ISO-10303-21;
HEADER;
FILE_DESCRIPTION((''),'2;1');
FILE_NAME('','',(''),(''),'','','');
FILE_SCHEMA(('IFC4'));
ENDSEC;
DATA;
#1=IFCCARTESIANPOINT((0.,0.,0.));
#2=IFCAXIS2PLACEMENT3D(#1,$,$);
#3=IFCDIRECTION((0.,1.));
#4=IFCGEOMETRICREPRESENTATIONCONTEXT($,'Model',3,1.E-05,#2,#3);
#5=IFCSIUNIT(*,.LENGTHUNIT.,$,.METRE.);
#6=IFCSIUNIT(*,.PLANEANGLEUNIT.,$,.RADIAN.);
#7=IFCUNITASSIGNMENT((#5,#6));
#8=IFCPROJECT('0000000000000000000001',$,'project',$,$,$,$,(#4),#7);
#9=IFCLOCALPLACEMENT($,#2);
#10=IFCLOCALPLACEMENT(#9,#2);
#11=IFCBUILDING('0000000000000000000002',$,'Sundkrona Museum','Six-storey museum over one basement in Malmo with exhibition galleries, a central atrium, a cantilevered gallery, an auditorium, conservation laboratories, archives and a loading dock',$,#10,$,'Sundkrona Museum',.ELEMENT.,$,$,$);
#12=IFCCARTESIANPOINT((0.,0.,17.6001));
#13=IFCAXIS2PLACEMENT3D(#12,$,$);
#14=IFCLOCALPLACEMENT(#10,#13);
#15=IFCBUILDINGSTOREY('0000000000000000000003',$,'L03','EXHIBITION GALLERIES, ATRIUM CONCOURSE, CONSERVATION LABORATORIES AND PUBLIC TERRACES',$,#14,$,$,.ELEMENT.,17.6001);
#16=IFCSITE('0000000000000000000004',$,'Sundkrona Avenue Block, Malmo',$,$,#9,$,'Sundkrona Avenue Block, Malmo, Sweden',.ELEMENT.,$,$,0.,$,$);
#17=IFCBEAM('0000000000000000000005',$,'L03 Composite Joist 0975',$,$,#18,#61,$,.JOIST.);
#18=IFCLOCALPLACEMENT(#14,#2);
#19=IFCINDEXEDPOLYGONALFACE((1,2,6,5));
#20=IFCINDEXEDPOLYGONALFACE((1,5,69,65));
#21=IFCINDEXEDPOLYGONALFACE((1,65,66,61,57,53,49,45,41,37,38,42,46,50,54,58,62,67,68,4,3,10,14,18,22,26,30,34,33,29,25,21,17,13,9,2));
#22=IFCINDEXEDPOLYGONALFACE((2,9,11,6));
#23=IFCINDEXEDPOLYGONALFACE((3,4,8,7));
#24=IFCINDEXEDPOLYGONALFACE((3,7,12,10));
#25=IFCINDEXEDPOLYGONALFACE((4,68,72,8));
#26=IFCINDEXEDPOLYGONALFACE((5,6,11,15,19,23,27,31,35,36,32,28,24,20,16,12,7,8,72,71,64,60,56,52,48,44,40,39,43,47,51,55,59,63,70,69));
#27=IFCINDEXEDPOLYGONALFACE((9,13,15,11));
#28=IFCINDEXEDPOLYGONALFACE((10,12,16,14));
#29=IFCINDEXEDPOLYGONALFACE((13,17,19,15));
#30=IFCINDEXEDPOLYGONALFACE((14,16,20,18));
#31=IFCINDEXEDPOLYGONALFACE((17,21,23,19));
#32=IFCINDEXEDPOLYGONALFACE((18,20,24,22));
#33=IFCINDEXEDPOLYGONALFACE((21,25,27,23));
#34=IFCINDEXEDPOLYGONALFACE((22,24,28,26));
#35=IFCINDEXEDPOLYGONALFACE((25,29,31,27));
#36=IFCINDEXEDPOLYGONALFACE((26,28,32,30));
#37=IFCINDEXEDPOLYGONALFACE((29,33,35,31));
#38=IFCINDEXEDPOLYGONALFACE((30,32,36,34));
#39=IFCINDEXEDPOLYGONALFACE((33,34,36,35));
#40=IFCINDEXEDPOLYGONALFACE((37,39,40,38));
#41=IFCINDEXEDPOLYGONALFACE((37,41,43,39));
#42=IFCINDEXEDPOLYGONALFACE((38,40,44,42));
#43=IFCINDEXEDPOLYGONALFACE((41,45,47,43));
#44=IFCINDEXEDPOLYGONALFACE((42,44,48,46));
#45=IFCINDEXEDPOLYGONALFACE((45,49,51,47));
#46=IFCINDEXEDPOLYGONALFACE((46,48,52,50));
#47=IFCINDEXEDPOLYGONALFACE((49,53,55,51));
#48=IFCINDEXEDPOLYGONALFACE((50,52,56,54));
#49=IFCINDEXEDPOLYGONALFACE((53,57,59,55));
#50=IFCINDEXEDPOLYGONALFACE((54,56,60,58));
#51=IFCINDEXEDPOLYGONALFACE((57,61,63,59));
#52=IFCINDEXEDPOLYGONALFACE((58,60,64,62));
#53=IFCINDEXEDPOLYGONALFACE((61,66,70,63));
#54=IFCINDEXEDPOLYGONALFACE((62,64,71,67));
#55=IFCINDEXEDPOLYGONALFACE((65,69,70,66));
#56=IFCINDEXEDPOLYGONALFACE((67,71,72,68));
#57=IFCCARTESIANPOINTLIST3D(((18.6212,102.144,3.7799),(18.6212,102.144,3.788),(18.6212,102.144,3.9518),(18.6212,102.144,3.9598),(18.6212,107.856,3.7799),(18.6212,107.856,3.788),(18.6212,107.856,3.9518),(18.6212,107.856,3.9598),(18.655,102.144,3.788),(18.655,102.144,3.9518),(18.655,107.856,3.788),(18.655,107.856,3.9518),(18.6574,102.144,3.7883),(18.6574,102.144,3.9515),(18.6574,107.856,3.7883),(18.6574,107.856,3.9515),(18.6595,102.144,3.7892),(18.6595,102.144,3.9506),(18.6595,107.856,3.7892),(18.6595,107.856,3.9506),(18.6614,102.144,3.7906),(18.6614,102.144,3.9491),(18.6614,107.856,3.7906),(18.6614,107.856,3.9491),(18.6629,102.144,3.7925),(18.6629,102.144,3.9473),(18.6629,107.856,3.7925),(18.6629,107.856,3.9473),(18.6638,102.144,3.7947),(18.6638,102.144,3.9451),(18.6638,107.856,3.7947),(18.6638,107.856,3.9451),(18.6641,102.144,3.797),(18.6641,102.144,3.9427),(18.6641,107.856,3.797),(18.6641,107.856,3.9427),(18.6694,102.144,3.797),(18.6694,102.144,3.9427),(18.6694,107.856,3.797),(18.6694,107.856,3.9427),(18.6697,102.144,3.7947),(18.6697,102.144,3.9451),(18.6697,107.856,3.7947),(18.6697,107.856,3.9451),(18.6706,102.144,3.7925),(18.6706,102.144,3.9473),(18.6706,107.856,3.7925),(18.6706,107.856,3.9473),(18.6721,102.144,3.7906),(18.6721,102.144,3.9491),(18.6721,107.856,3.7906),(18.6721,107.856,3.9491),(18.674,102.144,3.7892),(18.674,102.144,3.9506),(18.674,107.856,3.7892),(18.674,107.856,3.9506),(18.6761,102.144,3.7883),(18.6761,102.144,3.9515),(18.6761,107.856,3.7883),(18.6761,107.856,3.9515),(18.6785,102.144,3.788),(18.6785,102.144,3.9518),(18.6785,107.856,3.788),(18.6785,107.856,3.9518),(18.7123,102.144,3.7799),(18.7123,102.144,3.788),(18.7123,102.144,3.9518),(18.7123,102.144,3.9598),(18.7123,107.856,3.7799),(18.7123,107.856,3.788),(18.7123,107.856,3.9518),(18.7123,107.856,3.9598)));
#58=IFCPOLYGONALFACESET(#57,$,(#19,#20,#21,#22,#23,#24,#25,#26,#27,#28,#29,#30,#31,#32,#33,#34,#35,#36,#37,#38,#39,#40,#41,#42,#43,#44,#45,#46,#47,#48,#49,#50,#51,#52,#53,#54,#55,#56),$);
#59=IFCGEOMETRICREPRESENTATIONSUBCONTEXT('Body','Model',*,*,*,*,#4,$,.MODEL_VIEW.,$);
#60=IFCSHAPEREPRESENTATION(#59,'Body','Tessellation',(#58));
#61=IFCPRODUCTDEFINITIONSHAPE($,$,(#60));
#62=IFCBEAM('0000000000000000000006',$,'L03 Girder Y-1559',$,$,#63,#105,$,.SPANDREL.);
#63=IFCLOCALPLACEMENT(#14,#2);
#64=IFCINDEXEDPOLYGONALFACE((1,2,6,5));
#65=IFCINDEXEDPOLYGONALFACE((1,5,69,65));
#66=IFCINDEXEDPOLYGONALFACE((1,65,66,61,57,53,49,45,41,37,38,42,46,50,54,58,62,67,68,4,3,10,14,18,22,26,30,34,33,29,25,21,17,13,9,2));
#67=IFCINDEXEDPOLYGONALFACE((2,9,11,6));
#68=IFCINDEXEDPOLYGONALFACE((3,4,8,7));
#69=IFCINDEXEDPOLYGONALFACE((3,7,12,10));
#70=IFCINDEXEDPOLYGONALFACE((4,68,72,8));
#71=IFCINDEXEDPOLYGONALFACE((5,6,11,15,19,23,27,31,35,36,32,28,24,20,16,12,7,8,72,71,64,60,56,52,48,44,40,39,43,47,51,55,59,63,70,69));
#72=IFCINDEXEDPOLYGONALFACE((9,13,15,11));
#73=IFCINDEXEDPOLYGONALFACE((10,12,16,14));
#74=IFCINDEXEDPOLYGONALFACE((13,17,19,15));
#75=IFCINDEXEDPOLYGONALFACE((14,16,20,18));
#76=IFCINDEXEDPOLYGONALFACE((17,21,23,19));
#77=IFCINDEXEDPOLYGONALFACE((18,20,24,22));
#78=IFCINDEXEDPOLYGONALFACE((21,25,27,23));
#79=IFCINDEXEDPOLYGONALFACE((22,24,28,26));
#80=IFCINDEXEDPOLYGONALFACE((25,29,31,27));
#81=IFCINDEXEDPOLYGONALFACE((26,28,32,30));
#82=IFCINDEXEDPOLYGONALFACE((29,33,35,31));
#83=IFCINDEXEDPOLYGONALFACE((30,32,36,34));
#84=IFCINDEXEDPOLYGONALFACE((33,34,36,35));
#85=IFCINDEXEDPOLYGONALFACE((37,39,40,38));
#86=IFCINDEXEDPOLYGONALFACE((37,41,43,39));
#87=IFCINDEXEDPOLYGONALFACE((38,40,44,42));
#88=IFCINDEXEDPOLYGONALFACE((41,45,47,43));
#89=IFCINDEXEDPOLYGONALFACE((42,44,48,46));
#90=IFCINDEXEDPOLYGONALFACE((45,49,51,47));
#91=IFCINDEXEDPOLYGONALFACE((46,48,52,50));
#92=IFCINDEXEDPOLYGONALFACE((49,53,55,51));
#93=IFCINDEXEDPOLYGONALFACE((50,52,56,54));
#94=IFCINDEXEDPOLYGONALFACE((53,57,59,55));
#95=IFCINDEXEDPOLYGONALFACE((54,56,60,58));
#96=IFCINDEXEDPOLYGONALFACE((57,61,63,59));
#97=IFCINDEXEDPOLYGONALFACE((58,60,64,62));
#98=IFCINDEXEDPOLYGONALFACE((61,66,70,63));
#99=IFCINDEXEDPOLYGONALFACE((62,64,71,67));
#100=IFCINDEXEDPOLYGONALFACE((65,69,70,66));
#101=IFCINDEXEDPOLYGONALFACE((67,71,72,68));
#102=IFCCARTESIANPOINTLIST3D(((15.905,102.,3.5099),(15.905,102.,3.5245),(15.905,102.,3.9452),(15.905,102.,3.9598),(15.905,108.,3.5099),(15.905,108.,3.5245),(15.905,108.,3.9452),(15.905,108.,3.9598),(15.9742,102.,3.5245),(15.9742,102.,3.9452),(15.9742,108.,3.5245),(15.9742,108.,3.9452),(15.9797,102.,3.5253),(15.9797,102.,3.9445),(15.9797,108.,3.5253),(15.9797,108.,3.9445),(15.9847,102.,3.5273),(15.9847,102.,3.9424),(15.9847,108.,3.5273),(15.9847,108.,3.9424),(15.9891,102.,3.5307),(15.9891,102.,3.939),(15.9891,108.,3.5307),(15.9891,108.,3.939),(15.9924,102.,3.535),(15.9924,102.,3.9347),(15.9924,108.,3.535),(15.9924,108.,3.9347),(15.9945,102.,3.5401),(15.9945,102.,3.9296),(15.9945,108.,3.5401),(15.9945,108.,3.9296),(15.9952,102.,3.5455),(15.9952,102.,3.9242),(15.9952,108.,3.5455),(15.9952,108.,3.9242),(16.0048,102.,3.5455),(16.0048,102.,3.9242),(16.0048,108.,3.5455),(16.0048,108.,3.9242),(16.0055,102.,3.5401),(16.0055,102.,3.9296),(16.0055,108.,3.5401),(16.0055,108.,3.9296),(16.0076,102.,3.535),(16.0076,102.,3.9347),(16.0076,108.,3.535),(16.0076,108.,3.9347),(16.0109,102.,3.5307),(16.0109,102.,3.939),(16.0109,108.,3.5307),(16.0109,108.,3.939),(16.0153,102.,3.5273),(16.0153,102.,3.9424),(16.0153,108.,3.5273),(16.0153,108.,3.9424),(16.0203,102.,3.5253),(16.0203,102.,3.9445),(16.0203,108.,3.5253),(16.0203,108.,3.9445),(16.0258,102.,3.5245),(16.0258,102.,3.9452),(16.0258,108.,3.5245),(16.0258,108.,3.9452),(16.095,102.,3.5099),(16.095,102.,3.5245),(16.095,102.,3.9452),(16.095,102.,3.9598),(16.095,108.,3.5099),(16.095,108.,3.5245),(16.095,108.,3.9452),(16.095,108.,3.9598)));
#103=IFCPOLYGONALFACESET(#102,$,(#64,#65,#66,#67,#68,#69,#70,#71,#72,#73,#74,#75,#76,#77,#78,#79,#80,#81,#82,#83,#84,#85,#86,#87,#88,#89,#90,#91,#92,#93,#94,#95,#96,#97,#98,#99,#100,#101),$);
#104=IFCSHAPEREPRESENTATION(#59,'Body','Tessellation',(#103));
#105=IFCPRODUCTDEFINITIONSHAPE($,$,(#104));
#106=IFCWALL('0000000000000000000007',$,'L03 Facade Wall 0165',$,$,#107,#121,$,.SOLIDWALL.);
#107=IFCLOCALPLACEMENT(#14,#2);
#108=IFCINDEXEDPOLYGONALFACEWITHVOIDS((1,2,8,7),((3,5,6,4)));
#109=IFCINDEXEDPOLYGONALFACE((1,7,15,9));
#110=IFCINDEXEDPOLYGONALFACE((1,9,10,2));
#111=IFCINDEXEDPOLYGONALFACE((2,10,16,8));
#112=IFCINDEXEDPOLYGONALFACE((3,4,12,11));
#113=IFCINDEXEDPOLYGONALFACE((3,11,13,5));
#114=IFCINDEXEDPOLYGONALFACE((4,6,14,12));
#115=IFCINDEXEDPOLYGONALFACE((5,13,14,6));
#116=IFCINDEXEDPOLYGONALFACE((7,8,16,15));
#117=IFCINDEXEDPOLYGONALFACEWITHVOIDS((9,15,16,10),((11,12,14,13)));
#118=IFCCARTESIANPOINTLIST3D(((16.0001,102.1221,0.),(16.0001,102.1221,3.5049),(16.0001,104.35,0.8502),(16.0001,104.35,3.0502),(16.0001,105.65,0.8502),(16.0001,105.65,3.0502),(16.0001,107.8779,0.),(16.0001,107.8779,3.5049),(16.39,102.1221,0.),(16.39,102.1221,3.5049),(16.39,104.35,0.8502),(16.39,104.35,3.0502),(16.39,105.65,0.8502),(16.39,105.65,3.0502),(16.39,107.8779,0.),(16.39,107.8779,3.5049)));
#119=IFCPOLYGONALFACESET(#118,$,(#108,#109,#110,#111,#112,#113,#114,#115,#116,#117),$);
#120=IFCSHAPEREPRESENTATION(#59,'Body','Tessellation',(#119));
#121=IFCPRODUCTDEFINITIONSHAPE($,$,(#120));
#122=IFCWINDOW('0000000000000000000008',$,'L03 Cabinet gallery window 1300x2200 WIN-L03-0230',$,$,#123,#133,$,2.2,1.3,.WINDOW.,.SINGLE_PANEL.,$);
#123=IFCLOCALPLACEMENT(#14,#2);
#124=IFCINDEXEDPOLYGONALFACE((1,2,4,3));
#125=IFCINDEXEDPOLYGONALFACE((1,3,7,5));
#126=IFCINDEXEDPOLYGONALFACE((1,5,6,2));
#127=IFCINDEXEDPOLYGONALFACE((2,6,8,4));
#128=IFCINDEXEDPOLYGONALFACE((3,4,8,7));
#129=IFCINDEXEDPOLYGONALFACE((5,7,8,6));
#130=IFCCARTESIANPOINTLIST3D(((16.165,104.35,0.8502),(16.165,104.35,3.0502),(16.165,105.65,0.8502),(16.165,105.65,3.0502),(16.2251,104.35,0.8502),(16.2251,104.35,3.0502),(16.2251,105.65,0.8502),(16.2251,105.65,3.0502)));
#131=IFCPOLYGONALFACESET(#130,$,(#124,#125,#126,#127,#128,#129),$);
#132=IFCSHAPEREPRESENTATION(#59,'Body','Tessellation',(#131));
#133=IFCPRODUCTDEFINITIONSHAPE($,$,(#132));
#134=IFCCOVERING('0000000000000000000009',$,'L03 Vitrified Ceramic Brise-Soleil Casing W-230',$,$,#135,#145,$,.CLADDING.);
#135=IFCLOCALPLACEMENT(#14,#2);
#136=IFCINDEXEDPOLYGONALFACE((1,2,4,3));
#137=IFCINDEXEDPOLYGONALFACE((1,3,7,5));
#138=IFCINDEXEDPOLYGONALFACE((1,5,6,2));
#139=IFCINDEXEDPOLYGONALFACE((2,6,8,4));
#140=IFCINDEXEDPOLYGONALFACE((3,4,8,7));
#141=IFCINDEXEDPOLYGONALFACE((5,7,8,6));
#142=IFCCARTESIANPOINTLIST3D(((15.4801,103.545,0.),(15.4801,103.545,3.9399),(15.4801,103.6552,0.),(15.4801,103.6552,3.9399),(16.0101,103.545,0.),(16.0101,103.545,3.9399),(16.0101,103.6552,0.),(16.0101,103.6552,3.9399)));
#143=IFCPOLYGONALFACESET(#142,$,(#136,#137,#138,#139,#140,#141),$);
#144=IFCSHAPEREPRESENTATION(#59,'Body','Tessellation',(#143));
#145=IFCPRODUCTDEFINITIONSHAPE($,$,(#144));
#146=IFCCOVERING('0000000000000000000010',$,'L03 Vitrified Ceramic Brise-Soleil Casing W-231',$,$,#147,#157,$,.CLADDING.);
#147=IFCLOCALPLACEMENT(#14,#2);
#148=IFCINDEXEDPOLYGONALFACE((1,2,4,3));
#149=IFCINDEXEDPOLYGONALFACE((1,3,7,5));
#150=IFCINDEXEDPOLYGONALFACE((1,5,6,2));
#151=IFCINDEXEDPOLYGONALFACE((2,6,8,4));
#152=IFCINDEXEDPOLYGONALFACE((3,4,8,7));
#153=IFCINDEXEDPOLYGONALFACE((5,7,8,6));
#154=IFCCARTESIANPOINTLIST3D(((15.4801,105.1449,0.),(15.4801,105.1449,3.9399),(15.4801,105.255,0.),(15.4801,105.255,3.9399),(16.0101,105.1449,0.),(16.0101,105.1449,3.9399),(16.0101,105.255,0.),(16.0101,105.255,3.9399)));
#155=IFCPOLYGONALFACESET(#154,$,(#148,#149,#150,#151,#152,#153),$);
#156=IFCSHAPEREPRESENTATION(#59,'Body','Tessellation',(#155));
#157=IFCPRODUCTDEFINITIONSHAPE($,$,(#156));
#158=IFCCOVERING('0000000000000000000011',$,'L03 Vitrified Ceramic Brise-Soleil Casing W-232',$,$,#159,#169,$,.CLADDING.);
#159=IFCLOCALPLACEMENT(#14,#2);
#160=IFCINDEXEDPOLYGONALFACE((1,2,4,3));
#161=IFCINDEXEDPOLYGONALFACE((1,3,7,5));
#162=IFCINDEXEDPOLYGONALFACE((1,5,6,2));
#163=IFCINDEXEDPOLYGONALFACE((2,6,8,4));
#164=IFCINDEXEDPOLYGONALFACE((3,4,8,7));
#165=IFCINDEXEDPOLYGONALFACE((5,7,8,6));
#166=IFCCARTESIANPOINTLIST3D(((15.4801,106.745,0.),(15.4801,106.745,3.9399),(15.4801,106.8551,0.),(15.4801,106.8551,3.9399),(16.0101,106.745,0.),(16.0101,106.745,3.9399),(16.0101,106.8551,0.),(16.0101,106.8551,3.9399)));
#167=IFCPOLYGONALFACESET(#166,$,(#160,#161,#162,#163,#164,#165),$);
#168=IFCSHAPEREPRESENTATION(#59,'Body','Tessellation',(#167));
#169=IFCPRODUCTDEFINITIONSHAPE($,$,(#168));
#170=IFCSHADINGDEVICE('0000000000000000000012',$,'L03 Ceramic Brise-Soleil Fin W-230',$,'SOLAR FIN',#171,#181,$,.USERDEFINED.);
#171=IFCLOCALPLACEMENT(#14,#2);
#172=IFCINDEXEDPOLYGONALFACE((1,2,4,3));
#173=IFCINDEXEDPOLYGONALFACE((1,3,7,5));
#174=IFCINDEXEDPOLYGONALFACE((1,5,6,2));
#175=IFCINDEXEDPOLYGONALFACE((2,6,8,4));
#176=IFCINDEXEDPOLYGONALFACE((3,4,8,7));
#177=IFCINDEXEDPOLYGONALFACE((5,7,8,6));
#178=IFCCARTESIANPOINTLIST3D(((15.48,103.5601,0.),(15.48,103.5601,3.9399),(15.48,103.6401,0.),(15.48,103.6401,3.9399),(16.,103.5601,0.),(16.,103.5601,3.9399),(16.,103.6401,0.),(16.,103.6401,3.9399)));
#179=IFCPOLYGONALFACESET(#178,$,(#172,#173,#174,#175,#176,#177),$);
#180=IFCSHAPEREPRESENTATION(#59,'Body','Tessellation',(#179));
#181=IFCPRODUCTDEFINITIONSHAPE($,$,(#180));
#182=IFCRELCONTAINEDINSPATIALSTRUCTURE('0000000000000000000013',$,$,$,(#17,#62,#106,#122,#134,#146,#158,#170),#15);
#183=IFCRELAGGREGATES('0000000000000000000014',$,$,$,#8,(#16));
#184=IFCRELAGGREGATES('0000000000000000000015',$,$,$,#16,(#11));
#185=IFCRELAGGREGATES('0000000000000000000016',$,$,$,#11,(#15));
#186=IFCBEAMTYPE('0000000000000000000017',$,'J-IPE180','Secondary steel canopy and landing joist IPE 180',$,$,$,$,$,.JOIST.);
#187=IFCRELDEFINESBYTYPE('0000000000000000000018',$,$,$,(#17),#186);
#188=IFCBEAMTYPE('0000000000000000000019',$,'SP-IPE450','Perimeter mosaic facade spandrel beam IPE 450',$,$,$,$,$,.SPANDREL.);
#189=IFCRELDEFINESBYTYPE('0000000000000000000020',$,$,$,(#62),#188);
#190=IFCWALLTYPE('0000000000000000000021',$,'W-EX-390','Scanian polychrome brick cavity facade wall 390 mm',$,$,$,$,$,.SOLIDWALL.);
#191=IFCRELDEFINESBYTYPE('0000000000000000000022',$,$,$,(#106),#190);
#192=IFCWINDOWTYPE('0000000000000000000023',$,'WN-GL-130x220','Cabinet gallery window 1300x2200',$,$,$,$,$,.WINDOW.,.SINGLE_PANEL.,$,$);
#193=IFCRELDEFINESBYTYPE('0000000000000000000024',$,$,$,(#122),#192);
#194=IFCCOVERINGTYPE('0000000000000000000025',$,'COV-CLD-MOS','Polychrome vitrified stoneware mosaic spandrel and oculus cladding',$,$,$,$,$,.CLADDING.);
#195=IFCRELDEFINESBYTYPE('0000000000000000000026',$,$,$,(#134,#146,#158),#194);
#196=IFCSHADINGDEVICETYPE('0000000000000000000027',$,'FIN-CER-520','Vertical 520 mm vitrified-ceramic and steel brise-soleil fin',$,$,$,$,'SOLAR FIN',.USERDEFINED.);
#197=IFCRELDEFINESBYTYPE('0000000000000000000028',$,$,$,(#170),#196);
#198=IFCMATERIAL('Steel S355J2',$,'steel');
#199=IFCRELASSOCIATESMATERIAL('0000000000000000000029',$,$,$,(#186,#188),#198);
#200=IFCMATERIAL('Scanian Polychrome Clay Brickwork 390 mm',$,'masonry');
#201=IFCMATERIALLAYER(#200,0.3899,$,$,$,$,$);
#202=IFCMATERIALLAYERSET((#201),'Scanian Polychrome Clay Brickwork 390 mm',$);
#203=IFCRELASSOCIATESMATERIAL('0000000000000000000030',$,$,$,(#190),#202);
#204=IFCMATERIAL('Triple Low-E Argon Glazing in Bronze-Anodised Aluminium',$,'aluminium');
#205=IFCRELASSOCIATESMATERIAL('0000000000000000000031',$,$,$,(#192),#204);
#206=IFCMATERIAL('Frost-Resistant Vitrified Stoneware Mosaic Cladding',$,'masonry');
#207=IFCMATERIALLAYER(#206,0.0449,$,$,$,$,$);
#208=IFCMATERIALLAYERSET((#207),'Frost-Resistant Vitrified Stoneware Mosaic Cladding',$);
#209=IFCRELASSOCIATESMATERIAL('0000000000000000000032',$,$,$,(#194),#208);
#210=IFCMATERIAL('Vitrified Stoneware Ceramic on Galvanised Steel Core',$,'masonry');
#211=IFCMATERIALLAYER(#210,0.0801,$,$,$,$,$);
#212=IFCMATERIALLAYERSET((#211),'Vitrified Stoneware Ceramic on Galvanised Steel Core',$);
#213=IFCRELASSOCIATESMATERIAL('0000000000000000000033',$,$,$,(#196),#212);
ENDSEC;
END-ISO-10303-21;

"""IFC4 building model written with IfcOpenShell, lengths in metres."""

from ifc_helpers import new_model, si_unit, direction, frame, frame_2d, origin, origin_2d, place, context, subcontext, project, spatial, rectangle, i_section, extrude, material, layer, layer_set, material_profile, profile_set, type_object, element, fill, save


model = new_model("IFC4")

# Units and contexts
model_context = context("Model", 3, precision=1e-05, world=origin(), true_north=direction((0.0, 1.0)))
body_context = subcontext(model_context, "Body", "Model", "MODEL_VIEW")
ifc_project = project(units=[si_unit("LENGTHUNIT", "METRE"), si_unit("PLANEANGLEUNIT", "RADIAN")], contexts=[model_context])

# Site, building, storey
site_placement = place(None, origin())
site = spatial("IfcSite", under=ifc_project, at=site_placement, Name="Sundkrona Avenue Block, Malmo", LongName="Sundkrona Avenue Block, Malmo, Sweden", CompositionType="ELEMENT", RefElevation=0.0)
building_placement = place(site_placement, origin())
building = spatial("IfcBuilding", under=site, at=building_placement, Name="Sundkrona Museum", Description="Six-storey museum over one basement in Malmo with exhibition galleries, a central atrium, a cantilevered gallery, an auditorium, conservation laboratories, archives and a loading dock", LongName="Sundkrona Museum", CompositionType="ELEMENT")
storey_placement = place(building_placement, frame((0.0, 0.0, 17.6001)))
storey = spatial("IfcBuildingStorey", under=building, at=storey_placement, Name="L03", Description="EXHIBITION GALLERIES, ATRIUM CONCOURSE, CONSERVATION LABORATORIES AND PUBLIC TERRACES", CompositionType="ELEMENT", Elevation=17.6001)

# Shared definitions
ifc_material_1 = material(Name="Steel S355J2", Category="steel")

# Beams
ifc_material_profile_1 = material_profile(ifc_material_1, i_section(OverallWidth=0.0911, OverallDepth=0.1799, WebThickness=0.0054, FlangeThickness=0.0081, FilletRadius=0.009, at=origin_2d()), Name="IPE 180")
ifc_profile_set_1 = profile_set([ifc_material_profile_1], Name="Steel S355J2")
beam_type_1 = type_object("IfcBeamType", Name="J-IPE180", Description="Secondary steel canopy and landing joist IPE 180", PredefinedType="JOIST", material=ifc_profile_set_1)
beam_1_placement = place(storey_placement, frame((18.6667, 102.144, 3.8699), z_axis=(0.0, 1.0, 0.0), x_axis=(-1.0, 0.0, 0.0)))
element("IfcBeam", 1, at=beam_1_placement, inside=storey, type_object=beam_type_1, Name="L03 Composite Joist 0975", PredefinedType="JOIST", context=body_context, shape_type="SweptSolid", body=[
    extrude(i_section(OverallWidth=0.0911, OverallDepth=0.1799, WebThickness=0.0054, FlangeThickness=0.0081, FilletRadius=0.009, at=origin_2d()), origin(), (0.0, 0.0, 1.0), 5.7119),
])
ifc_material_profile_2 = material_profile(ifc_material_1, i_section(OverallWidth=0.1899, OverallDepth=0.45, WebThickness=0.0095, FlangeThickness=0.0146, FilletRadius=0.021, at=origin_2d()), Name="IPE 450")
ifc_profile_set_2 = profile_set([ifc_material_profile_2], Name="Steel S355J2")
beam_type_2 = type_object("IfcBeamType", Name="SP-IPE450", Description="Perimeter mosaic facade spandrel beam IPE 450", PredefinedType="SPANDREL", material=ifc_profile_set_2)
beam_2_placement = place(storey_placement, frame((16.0, 102.0, 3.7349), z_axis=(0.0, 1.0, 0.0), x_axis=(-1.0, 0.0, 0.0)))
element("IfcBeam", 2, at=beam_2_placement, inside=storey, type_object=beam_type_2, Name="L03 Girder Y-1559", PredefinedType="SPANDREL", context=body_context, shape_type="SweptSolid", body=[
    extrude(i_section(OverallWidth=0.1899, OverallDepth=0.45, WebThickness=0.0095, FlangeThickness=0.0146, FilletRadius=0.021, at=origin_2d()), origin(), (0.0, 0.0, 1.0), 6.0),
])

# Wall, opening, window
ifc_material_2 = material(Name="Scanian Polychrome Clay Brickwork 390 mm", Category="masonry")
ifc_layer_1 = layer(ifc_material_2, 0.3899)
ifc_layer_set_1 = layer_set([ifc_layer_1], Name="Scanian Polychrome Clay Brickwork 390 mm")
wall_type = type_object("IfcWallType", Name="W-EX-390", Description="Scanian polychrome brick cavity facade wall 390 mm", PredefinedType="SOLIDWALL", material=ifc_layer_set_1)
wall_placement = place(storey_placement, frame((16.1951, 102.1221, 0.0), z_axis=(0.0, 0.0, 1.0), x_axis=(0.0, 1.0, 0.0)))
wall = element("IfcWall", 3, at=wall_placement, inside=storey, type_object=wall_type, Name="L03 Facade Wall 0165", PredefinedType="SOLIDWALL", context=body_context, shape_type="SweptSolid", body=[
    extrude(rectangle(XDim=5.7559, YDim=0.3899, at=frame_2d((2.8779, 0.0))), origin(), (0.0, 0.0, 1.0), 3.5049),
])
opening_placement = place(wall_placement, frame((2.228, 0.0, 0.8501)))
opening = element("IfcOpeningElement", 4, at=opening_placement, cuts=wall, PredefinedType="OPENING", context=body_context, shape_type="SweptSolid", body=[
    extrude(rectangle(XDim=1.3, YDim=2.2, at=frame_2d((0.6499, 1.1001))), frame((0.0, 0.2048, 0.0), z_axis=(0.0, -1.0, 0.0), x_axis=(1.0, 0.0, 0.0)), (0.0, 0.0, 1.0), 0.4099),
])
ifc_material_3 = material(Name="Triple Low-E Argon Glazing in Bronze-Anodised Aluminium", Category="aluminium")
window_type = type_object("IfcWindowType", Name="WN-GL-130x220", Description="Cabinet gallery window 1300x2200", PartitioningType="SINGLE_PANEL", PredefinedType="WINDOW", material=ifc_material_3)
window_placement = place(opening_placement, origin())
window = element("IfcWindow", 5, at=window_placement, inside=storey, type_object=window_type, Name="L03 Cabinet gallery window 1300x2200 WIN-L03-0230", OverallHeight=2.2, OverallWidth=1.3, PartitioningType="SINGLE_PANEL", PredefinedType="WINDOW", context=body_context, shape_type="SweptSolid", body=[
    extrude(rectangle(XDim=1.3, YDim=2.2, at=frame_2d((0.6499, 1.1001))), frame((0.0, 0.03, 0.0), z_axis=(0.0, -1.0, 0.0), x_axis=(1.0, 0.0, 0.0)), (0.0, 0.0, 1.0), 0.0601),
])
fill(opening, window)

# Coverings
ifc_material_4 = material(Name="Frost-Resistant Vitrified Stoneware Mosaic Cladding", Category="masonry")
ifc_layer_2 = layer(ifc_material_4, 0.0449)
ifc_layer_set_2 = layer_set([ifc_layer_2], Name="Frost-Resistant Vitrified Stoneware Mosaic Cladding")
covering_type = type_object("IfcCoveringType", Name="COV-CLD-MOS", Description="Polychrome vitrified stoneware mosaic spandrel and oculus cladding", PredefinedType="CLADDING", material=ifc_layer_set_2)
for number, where, z_axis, x_axis, name in (
    (6, (15.7451, 103.6001, 0.0), (0.0, 0.0, 1.0), (1.0, 0.0, 0.0), "L03 Vitrified Ceramic Brise-Soleil Casing W-230"),
    (7, (15.7451, 105.2, 0.0), (0.0, 0.0, 1.0), (1.0, 0.0, 0.0), "L03 Vitrified Ceramic Brise-Soleil Casing W-231"),
    (8, (15.7451, 106.8, 0.0), (0.0, 0.0, 1.0), (1.0, 0.0, 0.0), "L03 Vitrified Ceramic Brise-Soleil Casing W-232"),
):
    element("IfcCovering", number, at=place(storey_placement, frame(where, z_axis=z_axis, x_axis=x_axis)), inside=storey, type_object=covering_type, Name=name, PredefinedType="CLADDING", context=body_context, shape_type="SweptSolid", body=[
        extrude(rectangle(XDim=0.53, YDim=0.1101, at=origin_2d()), origin(), (0.0, 0.0, 1.0), 3.9399),
    ])

# Shading device
ifc_material_5 = material(Name="Vitrified Stoneware Ceramic on Galvanised Steel Core", Category="masonry")
ifc_layer_3 = layer(ifc_material_5, 0.0801)
ifc_layer_set_3 = layer_set([ifc_layer_3], Name="Vitrified Stoneware Ceramic on Galvanised Steel Core")
shading_device_type = type_object("IfcShadingDeviceType", Name="FIN-CER-520", Description="Vertical 520 mm vitrified-ceramic and steel brise-soleil fin", ElementType="SOLAR FIN", PredefinedType="USERDEFINED", material=ifc_layer_set_3)
for number, where, z_axis, x_axis, name in (
    (9, (15.74, 103.6001, 0.0), (0.0, 0.0, 1.0), (1.0, 0.0, 0.0), "L03 Ceramic Brise-Soleil Fin W-230"),
):
    element("IfcShadingDevice", number, at=place(storey_placement, frame(where, z_axis=z_axis, x_axis=x_axis)), inside=storey, type_object=shading_device_type, Name=name, ObjectType="SOLAR FIN", PredefinedType="USERDEFINED", context=body_context, shape_type="SweptSolid", body=[
        extrude(rectangle(XDim=0.52, YDim=0.0801, at=origin_2d()), origin(), (0.0, 0.0, 1.0), 3.9399),
    ])

save(model, "model.ifc")
